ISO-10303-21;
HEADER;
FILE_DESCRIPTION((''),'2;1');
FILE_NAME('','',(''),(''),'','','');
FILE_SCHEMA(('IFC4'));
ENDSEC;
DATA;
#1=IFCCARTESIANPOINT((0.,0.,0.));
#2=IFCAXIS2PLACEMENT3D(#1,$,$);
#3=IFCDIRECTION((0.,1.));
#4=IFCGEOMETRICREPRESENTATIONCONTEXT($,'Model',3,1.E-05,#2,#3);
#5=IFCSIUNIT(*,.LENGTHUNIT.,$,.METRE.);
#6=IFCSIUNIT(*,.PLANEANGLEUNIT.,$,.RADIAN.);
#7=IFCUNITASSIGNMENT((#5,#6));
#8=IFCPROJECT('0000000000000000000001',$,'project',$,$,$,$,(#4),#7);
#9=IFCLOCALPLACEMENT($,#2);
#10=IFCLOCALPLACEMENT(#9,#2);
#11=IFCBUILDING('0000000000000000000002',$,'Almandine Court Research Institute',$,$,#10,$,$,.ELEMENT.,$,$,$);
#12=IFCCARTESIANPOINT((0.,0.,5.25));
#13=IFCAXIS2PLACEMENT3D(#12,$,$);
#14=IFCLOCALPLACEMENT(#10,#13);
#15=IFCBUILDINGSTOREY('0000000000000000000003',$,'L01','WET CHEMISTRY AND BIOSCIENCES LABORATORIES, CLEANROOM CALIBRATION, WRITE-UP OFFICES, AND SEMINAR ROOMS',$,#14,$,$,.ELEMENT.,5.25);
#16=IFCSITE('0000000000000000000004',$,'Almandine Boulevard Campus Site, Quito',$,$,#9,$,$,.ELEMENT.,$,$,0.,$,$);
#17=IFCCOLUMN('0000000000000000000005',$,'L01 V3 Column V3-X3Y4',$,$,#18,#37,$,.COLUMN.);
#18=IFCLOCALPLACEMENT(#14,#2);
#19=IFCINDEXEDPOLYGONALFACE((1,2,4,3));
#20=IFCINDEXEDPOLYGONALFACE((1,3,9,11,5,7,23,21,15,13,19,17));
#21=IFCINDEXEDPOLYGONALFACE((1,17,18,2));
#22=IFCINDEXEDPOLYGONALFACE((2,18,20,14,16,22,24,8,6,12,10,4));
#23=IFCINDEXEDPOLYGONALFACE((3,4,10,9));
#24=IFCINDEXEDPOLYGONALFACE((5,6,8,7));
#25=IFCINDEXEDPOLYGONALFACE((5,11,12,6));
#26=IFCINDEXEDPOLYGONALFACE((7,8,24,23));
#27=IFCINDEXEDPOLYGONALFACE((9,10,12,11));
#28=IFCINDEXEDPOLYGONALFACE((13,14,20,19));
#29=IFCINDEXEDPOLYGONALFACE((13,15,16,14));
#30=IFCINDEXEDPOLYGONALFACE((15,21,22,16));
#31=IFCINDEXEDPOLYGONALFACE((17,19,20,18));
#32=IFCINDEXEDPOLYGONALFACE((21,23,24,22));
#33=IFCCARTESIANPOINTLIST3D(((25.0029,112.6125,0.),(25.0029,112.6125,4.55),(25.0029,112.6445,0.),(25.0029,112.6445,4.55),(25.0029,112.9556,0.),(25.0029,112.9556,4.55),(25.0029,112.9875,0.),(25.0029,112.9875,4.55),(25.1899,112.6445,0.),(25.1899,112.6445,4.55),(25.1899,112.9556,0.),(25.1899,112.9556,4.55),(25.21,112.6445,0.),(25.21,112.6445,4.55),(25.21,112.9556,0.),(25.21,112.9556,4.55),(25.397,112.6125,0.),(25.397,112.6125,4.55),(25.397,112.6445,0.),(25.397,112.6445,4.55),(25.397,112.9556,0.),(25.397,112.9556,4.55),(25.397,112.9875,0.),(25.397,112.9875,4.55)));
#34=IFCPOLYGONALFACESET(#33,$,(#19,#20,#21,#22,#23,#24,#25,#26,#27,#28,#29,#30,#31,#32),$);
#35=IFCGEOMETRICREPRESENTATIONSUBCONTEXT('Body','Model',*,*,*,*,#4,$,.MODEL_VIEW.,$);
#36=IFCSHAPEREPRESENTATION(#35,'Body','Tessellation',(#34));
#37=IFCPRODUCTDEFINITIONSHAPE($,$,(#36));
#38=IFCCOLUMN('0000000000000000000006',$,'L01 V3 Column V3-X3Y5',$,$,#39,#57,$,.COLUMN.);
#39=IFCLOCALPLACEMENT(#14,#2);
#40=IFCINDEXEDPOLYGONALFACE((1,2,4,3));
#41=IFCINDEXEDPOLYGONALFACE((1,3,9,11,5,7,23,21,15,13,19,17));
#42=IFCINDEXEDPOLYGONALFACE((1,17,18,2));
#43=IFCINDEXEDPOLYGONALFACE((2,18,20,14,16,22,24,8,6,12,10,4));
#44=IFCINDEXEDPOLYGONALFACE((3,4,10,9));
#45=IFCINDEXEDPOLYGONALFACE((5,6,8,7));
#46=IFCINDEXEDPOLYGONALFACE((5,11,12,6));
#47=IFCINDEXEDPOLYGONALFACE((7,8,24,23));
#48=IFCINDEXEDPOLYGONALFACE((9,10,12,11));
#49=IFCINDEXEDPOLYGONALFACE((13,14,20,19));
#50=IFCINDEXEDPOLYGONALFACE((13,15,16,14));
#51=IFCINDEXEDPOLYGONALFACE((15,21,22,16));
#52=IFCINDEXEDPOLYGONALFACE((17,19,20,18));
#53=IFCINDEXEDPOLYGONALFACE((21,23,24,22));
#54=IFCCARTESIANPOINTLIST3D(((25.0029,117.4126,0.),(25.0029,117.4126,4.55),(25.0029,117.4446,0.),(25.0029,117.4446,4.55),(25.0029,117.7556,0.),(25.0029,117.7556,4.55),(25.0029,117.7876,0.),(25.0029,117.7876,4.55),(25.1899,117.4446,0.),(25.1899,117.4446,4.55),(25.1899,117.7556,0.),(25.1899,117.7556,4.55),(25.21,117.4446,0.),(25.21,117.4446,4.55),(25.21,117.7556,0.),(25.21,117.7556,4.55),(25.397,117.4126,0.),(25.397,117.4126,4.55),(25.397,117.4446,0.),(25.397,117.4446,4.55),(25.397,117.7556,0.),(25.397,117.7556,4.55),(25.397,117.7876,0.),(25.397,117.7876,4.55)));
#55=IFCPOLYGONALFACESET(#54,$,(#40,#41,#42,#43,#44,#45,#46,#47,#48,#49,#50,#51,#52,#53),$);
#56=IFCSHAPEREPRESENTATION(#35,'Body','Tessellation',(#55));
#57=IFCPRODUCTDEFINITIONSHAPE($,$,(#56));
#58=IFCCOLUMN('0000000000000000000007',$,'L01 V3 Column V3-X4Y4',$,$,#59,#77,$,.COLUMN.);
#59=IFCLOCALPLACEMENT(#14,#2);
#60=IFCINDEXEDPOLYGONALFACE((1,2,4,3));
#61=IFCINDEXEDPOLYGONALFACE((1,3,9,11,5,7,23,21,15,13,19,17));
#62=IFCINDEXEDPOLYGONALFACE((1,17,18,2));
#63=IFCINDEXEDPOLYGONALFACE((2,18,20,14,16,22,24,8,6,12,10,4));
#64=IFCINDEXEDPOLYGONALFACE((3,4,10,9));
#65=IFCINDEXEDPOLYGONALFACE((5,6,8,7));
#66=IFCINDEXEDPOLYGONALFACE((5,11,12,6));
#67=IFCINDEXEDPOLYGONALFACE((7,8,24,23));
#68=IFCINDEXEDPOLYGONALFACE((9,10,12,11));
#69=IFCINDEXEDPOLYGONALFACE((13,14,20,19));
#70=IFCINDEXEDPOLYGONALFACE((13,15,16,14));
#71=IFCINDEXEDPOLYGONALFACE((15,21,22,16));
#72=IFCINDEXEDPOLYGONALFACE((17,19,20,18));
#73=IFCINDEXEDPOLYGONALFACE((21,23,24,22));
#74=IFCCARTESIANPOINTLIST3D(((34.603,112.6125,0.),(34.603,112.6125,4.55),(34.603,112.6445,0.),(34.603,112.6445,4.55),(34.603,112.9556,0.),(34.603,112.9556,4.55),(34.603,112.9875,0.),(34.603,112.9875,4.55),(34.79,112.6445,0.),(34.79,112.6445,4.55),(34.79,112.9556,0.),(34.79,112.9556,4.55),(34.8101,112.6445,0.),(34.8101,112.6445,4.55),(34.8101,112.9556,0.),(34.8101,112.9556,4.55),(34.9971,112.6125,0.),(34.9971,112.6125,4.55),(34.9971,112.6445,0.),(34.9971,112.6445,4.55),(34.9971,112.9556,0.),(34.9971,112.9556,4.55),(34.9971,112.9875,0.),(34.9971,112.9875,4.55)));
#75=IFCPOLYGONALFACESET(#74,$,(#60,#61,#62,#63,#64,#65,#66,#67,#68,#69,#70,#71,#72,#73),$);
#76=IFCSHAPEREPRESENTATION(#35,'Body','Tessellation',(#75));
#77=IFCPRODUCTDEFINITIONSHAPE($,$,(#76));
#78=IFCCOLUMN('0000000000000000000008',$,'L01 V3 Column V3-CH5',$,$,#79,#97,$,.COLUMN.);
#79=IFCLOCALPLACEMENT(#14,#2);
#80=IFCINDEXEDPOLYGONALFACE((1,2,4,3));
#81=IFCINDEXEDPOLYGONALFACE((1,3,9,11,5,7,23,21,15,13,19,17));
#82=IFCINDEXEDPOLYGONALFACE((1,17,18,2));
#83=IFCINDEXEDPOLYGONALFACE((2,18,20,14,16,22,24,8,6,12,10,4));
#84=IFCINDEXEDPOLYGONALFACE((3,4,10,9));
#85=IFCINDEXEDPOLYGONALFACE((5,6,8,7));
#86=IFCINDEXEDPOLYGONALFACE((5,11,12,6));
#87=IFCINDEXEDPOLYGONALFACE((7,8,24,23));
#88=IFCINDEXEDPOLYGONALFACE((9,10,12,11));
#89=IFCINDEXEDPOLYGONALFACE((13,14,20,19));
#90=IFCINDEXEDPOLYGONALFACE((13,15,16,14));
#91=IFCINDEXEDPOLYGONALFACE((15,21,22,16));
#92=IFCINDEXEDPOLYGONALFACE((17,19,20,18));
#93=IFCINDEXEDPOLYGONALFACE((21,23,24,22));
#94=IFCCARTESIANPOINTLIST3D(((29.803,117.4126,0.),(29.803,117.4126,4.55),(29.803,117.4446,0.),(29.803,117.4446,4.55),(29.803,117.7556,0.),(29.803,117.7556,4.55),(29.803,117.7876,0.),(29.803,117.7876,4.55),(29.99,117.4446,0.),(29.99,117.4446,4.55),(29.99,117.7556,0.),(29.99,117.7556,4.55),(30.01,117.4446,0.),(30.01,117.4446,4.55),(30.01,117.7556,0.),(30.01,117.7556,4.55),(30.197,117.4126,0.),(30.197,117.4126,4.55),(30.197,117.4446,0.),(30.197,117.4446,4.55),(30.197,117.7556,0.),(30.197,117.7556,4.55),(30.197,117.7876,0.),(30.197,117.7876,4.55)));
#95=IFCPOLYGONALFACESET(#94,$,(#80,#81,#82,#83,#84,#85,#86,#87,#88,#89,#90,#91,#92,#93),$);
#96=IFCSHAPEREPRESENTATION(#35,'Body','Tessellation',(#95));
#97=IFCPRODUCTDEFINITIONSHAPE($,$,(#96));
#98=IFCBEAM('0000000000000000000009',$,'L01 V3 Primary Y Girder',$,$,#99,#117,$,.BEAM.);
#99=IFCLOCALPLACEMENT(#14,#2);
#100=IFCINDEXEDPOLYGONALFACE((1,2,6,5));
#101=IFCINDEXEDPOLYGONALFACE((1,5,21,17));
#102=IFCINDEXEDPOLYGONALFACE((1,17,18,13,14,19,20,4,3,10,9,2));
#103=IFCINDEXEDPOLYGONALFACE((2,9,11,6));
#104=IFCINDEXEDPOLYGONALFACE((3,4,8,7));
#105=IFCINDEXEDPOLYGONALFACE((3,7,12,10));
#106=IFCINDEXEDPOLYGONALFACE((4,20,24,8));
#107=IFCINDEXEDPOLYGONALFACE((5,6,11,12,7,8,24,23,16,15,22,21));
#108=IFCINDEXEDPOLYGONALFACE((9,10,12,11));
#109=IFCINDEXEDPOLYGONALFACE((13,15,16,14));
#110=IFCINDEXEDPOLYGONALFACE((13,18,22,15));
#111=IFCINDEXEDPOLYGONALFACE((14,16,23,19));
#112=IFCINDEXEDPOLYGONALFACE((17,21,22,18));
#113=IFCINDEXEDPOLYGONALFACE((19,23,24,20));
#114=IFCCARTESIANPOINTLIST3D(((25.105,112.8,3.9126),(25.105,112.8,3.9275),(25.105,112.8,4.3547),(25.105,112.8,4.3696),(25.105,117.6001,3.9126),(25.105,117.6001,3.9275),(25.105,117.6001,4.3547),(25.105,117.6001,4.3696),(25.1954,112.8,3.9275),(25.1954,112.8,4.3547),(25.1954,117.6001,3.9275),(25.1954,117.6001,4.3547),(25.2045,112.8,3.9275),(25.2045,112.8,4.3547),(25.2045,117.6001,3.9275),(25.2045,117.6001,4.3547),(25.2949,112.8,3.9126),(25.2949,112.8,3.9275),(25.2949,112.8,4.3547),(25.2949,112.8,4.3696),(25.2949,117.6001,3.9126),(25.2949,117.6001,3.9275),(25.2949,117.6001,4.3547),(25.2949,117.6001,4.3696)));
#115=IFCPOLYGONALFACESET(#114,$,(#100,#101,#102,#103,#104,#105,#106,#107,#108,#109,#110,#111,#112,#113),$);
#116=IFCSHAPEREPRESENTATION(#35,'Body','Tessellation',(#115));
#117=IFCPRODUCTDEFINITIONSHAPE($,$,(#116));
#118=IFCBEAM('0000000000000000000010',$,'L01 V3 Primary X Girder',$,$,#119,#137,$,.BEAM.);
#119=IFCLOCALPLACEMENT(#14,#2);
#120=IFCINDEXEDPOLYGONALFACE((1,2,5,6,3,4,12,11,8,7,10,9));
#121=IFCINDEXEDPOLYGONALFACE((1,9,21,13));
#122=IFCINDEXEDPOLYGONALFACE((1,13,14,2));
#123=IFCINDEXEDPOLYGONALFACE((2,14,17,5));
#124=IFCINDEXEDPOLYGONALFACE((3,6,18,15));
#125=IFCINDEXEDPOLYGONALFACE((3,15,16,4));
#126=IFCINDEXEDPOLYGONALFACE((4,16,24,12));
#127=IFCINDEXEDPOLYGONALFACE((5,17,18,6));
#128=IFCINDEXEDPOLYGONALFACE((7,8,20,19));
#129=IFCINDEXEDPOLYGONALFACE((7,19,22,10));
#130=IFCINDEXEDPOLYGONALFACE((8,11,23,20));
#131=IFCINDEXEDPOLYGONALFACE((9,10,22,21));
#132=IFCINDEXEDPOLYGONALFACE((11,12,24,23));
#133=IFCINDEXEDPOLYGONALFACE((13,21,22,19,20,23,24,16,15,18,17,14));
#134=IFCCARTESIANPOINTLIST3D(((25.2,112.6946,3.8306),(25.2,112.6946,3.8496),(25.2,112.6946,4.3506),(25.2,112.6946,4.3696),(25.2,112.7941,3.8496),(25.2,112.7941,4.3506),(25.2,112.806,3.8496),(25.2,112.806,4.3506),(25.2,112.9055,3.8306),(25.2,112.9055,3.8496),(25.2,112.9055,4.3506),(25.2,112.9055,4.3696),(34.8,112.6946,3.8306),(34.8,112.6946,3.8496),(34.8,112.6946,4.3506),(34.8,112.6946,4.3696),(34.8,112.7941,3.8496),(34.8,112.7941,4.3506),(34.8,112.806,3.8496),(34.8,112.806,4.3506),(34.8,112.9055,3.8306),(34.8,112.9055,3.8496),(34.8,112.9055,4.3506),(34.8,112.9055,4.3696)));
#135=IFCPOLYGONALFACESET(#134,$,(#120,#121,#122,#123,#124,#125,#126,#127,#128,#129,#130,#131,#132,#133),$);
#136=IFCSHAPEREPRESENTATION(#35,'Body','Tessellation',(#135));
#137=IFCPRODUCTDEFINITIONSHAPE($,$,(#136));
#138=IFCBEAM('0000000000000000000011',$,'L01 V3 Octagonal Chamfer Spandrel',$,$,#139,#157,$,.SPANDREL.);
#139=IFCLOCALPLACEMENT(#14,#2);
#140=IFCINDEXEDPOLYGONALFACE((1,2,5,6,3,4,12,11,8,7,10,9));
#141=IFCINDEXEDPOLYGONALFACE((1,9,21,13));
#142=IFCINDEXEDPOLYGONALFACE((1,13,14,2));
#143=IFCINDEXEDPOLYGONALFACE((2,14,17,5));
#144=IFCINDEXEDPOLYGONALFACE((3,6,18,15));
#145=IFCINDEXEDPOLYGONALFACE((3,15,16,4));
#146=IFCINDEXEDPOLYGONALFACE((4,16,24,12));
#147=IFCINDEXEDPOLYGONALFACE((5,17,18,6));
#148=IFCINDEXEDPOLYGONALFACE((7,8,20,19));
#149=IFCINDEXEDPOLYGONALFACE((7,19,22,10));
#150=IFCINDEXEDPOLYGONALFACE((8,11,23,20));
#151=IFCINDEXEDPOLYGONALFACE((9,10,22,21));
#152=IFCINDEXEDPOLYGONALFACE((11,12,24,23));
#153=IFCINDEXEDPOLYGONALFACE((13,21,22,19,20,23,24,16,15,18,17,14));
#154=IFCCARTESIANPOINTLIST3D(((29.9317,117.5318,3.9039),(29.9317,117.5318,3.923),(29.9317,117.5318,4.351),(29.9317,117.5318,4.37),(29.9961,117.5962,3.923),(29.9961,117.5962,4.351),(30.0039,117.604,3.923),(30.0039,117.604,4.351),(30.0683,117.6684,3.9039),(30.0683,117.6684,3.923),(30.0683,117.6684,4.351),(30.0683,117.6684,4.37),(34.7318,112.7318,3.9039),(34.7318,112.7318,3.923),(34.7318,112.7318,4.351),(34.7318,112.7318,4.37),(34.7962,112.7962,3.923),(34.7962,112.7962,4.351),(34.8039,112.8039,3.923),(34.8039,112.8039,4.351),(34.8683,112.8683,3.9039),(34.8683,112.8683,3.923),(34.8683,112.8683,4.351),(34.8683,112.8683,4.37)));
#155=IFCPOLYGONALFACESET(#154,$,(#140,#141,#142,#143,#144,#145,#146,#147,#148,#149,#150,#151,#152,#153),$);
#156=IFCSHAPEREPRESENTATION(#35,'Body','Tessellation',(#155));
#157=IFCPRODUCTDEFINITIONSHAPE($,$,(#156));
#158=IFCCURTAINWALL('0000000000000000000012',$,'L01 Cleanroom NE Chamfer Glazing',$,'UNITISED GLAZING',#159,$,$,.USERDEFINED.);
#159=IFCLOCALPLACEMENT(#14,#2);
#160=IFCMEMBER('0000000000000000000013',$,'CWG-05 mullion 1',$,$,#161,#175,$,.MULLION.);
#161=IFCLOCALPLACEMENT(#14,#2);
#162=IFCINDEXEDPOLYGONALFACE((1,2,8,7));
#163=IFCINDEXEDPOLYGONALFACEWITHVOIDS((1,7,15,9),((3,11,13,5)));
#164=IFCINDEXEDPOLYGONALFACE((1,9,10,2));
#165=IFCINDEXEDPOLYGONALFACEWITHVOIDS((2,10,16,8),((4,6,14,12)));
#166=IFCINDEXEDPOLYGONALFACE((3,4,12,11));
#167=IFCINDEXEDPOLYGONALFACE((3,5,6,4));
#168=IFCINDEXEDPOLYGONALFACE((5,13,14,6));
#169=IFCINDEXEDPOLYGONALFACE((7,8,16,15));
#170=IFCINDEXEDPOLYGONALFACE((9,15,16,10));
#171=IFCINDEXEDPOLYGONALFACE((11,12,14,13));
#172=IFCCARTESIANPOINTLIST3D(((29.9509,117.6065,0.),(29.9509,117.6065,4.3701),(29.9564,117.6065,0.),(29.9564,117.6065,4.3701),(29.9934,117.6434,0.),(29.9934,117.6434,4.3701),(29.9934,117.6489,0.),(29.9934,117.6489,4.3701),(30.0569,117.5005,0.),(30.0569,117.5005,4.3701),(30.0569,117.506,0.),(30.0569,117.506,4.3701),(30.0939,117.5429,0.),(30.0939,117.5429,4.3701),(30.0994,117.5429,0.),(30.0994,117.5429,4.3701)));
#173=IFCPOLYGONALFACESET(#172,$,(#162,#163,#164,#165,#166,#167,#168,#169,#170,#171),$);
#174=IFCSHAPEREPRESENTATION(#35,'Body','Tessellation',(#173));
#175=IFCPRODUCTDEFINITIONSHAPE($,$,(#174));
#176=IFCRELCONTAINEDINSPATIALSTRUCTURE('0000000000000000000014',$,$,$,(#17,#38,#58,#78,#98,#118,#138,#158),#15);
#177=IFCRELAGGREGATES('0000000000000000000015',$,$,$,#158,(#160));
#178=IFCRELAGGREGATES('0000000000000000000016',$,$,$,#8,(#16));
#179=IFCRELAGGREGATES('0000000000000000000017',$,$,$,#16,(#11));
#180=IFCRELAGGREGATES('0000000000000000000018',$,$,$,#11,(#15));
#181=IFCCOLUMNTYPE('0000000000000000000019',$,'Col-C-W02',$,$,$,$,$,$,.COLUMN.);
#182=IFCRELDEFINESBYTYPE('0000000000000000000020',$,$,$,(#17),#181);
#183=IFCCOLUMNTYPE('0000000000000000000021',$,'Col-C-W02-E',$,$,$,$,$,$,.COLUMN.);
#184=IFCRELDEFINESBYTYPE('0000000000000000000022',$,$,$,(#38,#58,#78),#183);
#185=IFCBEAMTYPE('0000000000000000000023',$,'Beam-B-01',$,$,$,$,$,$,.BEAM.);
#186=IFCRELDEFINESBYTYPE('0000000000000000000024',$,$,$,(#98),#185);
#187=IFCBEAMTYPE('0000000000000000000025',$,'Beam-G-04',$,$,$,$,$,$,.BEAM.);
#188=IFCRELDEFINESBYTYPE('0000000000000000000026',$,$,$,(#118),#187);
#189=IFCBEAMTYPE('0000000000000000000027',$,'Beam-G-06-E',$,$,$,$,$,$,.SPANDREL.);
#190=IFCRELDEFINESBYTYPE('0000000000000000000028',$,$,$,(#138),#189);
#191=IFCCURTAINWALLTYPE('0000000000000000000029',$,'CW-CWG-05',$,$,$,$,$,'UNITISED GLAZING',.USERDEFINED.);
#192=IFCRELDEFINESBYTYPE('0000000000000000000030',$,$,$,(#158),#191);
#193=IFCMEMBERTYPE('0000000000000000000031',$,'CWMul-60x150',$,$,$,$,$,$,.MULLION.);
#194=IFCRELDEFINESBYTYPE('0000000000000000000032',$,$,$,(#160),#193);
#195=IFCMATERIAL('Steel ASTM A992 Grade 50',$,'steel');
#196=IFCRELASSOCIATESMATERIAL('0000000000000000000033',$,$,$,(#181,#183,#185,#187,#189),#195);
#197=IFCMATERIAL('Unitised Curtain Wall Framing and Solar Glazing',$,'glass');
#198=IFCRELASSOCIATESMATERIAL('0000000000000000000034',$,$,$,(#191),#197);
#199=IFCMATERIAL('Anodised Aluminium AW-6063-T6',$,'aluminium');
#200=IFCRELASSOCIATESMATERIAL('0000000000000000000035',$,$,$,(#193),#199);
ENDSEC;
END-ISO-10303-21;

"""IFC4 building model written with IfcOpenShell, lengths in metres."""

from ifc_helpers import new_model, si_unit, direction, frame, origin, origin_2d, place, context, subcontext, project, spatial, hollow_rectangle, i_section, extrude, material, material_profile, profile_set, type_object, element, aggregate, save


model = new_model("IFC4")

# Units and contexts
model_context = context("Model", 3, precision=1e-05, world=origin(), true_north=direction((0.0, 1.0)))
body_context = subcontext(model_context, "Body", "Model", "MODEL_VIEW")
ifc_project = project(units=[si_unit("LENGTHUNIT", "METRE"), si_unit("PLANEANGLEUNIT", "RADIAN")], contexts=[model_context])

# Site, building, storey
site_placement = place(None, origin())
site = spatial("IfcSite", under=ifc_project, at=site_placement, Name="Almandine Boulevard Campus Site, Quito", CompositionType="ELEMENT", RefElevation=0.0)
building_placement = place(site_placement, origin())
building = spatial("IfcBuilding", under=site, at=building_placement, Name="Almandine Court Research Institute", CompositionType="ELEMENT")
storey_placement = place(building_placement, frame((0.0, 0.0, 5.25)))
storey = spatial("IfcBuildingStorey", under=building, at=storey_placement, Name="L01", Description="WET CHEMISTRY AND BIOSCIENCES LABORATORIES, CLEANROOM CALIBRATION, WRITE-UP OFFICES, AND SEMINAR ROOMS", CompositionType="ELEMENT", Elevation=5.25)

# Columns
ifc_material_1 = material(Name="Steel ASTM A992 Grade 50", Category="steel")
ifc_material_profile_1 = material_profile(ifc_material_1, i_section(OverallWidth=0.394, OverallDepth=0.375, WebThickness=0.02, FlangeThickness=0.032, at=origin_2d()), Name="W360x216")
ifc_profile_set_1 = profile_set([ifc_material_profile_1], Name="Steel ASTM A992 Grade 50")
column_type_1 = type_object("IfcColumnType", Name="Col-C-W02", PredefinedType="COLUMN", material=ifc_profile_set_1)
column_placement = place(storey_placement, frame((25.2, 112.8, 0.0), z_axis=(0.0, 0.0, 1.0), x_axis=(1.0, 0.0, 0.0)))
element("IfcColumn", 1, at=column_placement, inside=storey, type_object=column_type_1, Name="L01 V3 Column V3-X3Y4", PredefinedType="COLUMN", context=body_context, shape_type="SweptSolid", body=[
    extrude(i_section(OverallWidth=0.394, OverallDepth=0.375, WebThickness=0.02, FlangeThickness=0.032, at=origin_2d()), origin(), (0.0, 0.0, 1.0), 4.55),
])
ifc_material_profile_2 = material_profile(ifc_material_1, i_section(OverallWidth=0.394, OverallDepth=0.375, WebThickness=0.02, FlangeThickness=0.032, at=origin_2d()), Name="W360x216")
ifc_profile_set_2 = profile_set([ifc_material_profile_2], Name="Steel ASTM A992 Grade 50")
column_type_2 = type_object("IfcColumnType", Name="Col-C-W02-E", PredefinedType="COLUMN", material=ifc_profile_set_2)
for number, where, z_axis, x_axis, name in (
    (2, (25.2, 117.6001, 0.0), (0.0, 0.0, 1.0), (1.0, 0.0, 0.0), "L01 V3 Column V3-X3Y5"),
    (3, (34.8, 112.8, 0.0), (0.0, 0.0, 1.0), (1.0, 0.0, 0.0), "L01 V3 Column V3-X4Y4"),
    (4, (30.0, 117.6001, 0.0), (0.0, 0.0, 1.0), (1.0, 0.0, 0.0), "L01 V3 Column V3-CH5"),
):
    element("IfcColumn", number, at=place(storey_placement, frame(where, z_axis=z_axis, x_axis=x_axis)), inside=storey, type_object=column_type_2, Name=name, PredefinedType="COLUMN", context=body_context, shape_type="SweptSolid", body=[
        extrude(i_section(OverallWidth=0.394, OverallDepth=0.375, WebThickness=0.02, FlangeThickness=0.032, at=origin_2d()), origin(), (0.0, 0.0, 1.0), 4.55),
    ])

# Beams
ifc_material_profile_3 = material_profile(ifc_material_1, i_section(OverallWidth=0.1899, OverallDepth=0.457, WebThickness=0.009, FlangeThickness=0.0149, at=origin_2d()), Name="W460x74")
ifc_profile_set_3 = profile_set([ifc_material_profile_3], Name="Steel ASTM A992 Grade 50")
beam_type_1 = type_object("IfcBeamType", Name="Beam-B-01", PredefinedType="BEAM", material=ifc_profile_set_3)
beam_1_placement = place(storey_placement, frame((25.2, 112.8, 4.1411), z_axis=(0.0, 1.0, 0.0), x_axis=(-1.0, 0.0, 0.0)))
element("IfcBeam", 5, at=beam_1_placement, inside=storey, type_object=beam_type_1, Name="L01 V3 Primary Y Girder", PredefinedType="BEAM", context=body_context, shape_type="SweptSolid", body=[
    extrude(i_section(OverallWidth=0.1899, OverallDepth=0.457, WebThickness=0.009, FlangeThickness=0.0149, at=origin_2d()), origin(), (0.0, 0.0, 1.0), 4.8),
])
ifc_material_profile_4 = material_profile(ifc_material_1, i_section(OverallWidth=0.2109, OverallDepth=0.5391, WebThickness=0.012, FlangeThickness=0.019, at=origin_2d()), Name="W530x109")
ifc_profile_set_4 = profile_set([ifc_material_profile_4], Name="Steel ASTM A992 Grade 50")
beam_type_2 = type_object("IfcBeamType", Name="Beam-G-04", PredefinedType="BEAM", material=ifc_profile_set_4)
beam_2_placement = place(storey_placement, frame((25.2, 112.8, 4.1001), z_axis=(1.0, 0.0, 0.0), x_axis=(0.0, 1.0, 0.0)))
element("IfcBeam", 6, at=beam_2_placement, inside=storey, type_object=beam_type_2, Name="L01 V3 Primary X Girder", PredefinedType="BEAM", context=body_context, shape_type="SweptSolid", body=[
    extrude(i_section(OverallWidth=0.2109, OverallDepth=0.5391, WebThickness=0.012, FlangeThickness=0.019, at=origin_2d()), origin(), (0.0, 0.0, 1.0), 9.6001),
])
ifc_material_profile_5 = material_profile(ifc_material_1, i_section(OverallWidth=0.1931, OverallDepth=0.4661, WebThickness=0.011, FlangeThickness=0.019, at=origin_2d()), Name="W460x97")
ifc_profile_set_5 = profile_set([ifc_material_profile_5], Name="Steel ASTM A992 Grade 50")
beam_type_3 = type_object("IfcBeamType", Name="Beam-G-06-E", PredefinedType="SPANDREL", material=ifc_profile_set_5)
beam_3_placement = place(storey_placement, frame((34.8, 112.8, 4.137), z_axis=(-0.707107, 0.707107, 0.0), x_axis=(-0.707107, -0.707107, 0.0)))
element("IfcBeam", 7, at=beam_3_placement, inside=storey, type_object=beam_type_3, Name="L01 V3 Octagonal Chamfer Spandrel", PredefinedType="SPANDREL", context=body_context, shape_type="SweptSolid", body=[
    extrude(i_section(OverallWidth=0.1931, OverallDepth=0.4661, WebThickness=0.011, FlangeThickness=0.019, at=origin_2d()), origin(), (0.0, 0.0, 1.0), 6.7883),
])

# Curtain wall, member
ifc_material_2 = material(Name="Unitised Curtain Wall Framing and Solar Glazing", Category="glass")
curtain_wall_type = type_object("IfcCurtainWallType", Name="CW-CWG-05", ElementType="UNITISED GLAZING", PredefinedType="USERDEFINED", material=ifc_material_2)
curtain_wall_placement = place(storey_placement, origin())
curtain_wall = element("IfcCurtainWall", 8, at=curtain_wall_placement, inside=storey, type_object=curtain_wall_type, Name="L01 Cleanroom NE Chamfer Glazing", ObjectType="UNITISED GLAZING", PredefinedType="USERDEFINED")
ifc_material_3 = material(Name="Anodised Aluminium AW-6063-T6", Category="aluminium")
ifc_material_profile_6 = material_profile(ifc_material_3, hollow_rectangle(XDim=0.0601, YDim=0.1499, WallThickness=0.0039, at=origin_2d()), Name="ALU RHS 60x150x4")
ifc_profile_set_6 = profile_set([ifc_material_profile_6], Name="Anodised Aluminium AW-6063-T6")
member_type_1 = type_object("IfcMemberType", Name="CWMul-60x150", PredefinedType="MULLION", material=ifc_profile_set_6)
member_1_placement = place(storey_placement, frame((30.0251, 117.5747, 0.0), z_axis=(0.0, 0.0, 1.0), x_axis=(0.707107, 0.707107, 0.0)))
member_1 = element("IfcMember", 9, at=member_1_placement, type_object=member_type_1, Name="CWG-05 mullion 1", PredefinedType="MULLION", context=body_context, shape_type="SweptSolid", body=[
    extrude(hollow_rectangle(XDim=0.0601, YDim=0.1499, WallThickness=0.0039, at=origin_2d()), origin(), (0.0, 0.0, 1.0), 4.3701),
])
aggregate(curtain_wall, [member_1])

save(model, "model.ifc")
